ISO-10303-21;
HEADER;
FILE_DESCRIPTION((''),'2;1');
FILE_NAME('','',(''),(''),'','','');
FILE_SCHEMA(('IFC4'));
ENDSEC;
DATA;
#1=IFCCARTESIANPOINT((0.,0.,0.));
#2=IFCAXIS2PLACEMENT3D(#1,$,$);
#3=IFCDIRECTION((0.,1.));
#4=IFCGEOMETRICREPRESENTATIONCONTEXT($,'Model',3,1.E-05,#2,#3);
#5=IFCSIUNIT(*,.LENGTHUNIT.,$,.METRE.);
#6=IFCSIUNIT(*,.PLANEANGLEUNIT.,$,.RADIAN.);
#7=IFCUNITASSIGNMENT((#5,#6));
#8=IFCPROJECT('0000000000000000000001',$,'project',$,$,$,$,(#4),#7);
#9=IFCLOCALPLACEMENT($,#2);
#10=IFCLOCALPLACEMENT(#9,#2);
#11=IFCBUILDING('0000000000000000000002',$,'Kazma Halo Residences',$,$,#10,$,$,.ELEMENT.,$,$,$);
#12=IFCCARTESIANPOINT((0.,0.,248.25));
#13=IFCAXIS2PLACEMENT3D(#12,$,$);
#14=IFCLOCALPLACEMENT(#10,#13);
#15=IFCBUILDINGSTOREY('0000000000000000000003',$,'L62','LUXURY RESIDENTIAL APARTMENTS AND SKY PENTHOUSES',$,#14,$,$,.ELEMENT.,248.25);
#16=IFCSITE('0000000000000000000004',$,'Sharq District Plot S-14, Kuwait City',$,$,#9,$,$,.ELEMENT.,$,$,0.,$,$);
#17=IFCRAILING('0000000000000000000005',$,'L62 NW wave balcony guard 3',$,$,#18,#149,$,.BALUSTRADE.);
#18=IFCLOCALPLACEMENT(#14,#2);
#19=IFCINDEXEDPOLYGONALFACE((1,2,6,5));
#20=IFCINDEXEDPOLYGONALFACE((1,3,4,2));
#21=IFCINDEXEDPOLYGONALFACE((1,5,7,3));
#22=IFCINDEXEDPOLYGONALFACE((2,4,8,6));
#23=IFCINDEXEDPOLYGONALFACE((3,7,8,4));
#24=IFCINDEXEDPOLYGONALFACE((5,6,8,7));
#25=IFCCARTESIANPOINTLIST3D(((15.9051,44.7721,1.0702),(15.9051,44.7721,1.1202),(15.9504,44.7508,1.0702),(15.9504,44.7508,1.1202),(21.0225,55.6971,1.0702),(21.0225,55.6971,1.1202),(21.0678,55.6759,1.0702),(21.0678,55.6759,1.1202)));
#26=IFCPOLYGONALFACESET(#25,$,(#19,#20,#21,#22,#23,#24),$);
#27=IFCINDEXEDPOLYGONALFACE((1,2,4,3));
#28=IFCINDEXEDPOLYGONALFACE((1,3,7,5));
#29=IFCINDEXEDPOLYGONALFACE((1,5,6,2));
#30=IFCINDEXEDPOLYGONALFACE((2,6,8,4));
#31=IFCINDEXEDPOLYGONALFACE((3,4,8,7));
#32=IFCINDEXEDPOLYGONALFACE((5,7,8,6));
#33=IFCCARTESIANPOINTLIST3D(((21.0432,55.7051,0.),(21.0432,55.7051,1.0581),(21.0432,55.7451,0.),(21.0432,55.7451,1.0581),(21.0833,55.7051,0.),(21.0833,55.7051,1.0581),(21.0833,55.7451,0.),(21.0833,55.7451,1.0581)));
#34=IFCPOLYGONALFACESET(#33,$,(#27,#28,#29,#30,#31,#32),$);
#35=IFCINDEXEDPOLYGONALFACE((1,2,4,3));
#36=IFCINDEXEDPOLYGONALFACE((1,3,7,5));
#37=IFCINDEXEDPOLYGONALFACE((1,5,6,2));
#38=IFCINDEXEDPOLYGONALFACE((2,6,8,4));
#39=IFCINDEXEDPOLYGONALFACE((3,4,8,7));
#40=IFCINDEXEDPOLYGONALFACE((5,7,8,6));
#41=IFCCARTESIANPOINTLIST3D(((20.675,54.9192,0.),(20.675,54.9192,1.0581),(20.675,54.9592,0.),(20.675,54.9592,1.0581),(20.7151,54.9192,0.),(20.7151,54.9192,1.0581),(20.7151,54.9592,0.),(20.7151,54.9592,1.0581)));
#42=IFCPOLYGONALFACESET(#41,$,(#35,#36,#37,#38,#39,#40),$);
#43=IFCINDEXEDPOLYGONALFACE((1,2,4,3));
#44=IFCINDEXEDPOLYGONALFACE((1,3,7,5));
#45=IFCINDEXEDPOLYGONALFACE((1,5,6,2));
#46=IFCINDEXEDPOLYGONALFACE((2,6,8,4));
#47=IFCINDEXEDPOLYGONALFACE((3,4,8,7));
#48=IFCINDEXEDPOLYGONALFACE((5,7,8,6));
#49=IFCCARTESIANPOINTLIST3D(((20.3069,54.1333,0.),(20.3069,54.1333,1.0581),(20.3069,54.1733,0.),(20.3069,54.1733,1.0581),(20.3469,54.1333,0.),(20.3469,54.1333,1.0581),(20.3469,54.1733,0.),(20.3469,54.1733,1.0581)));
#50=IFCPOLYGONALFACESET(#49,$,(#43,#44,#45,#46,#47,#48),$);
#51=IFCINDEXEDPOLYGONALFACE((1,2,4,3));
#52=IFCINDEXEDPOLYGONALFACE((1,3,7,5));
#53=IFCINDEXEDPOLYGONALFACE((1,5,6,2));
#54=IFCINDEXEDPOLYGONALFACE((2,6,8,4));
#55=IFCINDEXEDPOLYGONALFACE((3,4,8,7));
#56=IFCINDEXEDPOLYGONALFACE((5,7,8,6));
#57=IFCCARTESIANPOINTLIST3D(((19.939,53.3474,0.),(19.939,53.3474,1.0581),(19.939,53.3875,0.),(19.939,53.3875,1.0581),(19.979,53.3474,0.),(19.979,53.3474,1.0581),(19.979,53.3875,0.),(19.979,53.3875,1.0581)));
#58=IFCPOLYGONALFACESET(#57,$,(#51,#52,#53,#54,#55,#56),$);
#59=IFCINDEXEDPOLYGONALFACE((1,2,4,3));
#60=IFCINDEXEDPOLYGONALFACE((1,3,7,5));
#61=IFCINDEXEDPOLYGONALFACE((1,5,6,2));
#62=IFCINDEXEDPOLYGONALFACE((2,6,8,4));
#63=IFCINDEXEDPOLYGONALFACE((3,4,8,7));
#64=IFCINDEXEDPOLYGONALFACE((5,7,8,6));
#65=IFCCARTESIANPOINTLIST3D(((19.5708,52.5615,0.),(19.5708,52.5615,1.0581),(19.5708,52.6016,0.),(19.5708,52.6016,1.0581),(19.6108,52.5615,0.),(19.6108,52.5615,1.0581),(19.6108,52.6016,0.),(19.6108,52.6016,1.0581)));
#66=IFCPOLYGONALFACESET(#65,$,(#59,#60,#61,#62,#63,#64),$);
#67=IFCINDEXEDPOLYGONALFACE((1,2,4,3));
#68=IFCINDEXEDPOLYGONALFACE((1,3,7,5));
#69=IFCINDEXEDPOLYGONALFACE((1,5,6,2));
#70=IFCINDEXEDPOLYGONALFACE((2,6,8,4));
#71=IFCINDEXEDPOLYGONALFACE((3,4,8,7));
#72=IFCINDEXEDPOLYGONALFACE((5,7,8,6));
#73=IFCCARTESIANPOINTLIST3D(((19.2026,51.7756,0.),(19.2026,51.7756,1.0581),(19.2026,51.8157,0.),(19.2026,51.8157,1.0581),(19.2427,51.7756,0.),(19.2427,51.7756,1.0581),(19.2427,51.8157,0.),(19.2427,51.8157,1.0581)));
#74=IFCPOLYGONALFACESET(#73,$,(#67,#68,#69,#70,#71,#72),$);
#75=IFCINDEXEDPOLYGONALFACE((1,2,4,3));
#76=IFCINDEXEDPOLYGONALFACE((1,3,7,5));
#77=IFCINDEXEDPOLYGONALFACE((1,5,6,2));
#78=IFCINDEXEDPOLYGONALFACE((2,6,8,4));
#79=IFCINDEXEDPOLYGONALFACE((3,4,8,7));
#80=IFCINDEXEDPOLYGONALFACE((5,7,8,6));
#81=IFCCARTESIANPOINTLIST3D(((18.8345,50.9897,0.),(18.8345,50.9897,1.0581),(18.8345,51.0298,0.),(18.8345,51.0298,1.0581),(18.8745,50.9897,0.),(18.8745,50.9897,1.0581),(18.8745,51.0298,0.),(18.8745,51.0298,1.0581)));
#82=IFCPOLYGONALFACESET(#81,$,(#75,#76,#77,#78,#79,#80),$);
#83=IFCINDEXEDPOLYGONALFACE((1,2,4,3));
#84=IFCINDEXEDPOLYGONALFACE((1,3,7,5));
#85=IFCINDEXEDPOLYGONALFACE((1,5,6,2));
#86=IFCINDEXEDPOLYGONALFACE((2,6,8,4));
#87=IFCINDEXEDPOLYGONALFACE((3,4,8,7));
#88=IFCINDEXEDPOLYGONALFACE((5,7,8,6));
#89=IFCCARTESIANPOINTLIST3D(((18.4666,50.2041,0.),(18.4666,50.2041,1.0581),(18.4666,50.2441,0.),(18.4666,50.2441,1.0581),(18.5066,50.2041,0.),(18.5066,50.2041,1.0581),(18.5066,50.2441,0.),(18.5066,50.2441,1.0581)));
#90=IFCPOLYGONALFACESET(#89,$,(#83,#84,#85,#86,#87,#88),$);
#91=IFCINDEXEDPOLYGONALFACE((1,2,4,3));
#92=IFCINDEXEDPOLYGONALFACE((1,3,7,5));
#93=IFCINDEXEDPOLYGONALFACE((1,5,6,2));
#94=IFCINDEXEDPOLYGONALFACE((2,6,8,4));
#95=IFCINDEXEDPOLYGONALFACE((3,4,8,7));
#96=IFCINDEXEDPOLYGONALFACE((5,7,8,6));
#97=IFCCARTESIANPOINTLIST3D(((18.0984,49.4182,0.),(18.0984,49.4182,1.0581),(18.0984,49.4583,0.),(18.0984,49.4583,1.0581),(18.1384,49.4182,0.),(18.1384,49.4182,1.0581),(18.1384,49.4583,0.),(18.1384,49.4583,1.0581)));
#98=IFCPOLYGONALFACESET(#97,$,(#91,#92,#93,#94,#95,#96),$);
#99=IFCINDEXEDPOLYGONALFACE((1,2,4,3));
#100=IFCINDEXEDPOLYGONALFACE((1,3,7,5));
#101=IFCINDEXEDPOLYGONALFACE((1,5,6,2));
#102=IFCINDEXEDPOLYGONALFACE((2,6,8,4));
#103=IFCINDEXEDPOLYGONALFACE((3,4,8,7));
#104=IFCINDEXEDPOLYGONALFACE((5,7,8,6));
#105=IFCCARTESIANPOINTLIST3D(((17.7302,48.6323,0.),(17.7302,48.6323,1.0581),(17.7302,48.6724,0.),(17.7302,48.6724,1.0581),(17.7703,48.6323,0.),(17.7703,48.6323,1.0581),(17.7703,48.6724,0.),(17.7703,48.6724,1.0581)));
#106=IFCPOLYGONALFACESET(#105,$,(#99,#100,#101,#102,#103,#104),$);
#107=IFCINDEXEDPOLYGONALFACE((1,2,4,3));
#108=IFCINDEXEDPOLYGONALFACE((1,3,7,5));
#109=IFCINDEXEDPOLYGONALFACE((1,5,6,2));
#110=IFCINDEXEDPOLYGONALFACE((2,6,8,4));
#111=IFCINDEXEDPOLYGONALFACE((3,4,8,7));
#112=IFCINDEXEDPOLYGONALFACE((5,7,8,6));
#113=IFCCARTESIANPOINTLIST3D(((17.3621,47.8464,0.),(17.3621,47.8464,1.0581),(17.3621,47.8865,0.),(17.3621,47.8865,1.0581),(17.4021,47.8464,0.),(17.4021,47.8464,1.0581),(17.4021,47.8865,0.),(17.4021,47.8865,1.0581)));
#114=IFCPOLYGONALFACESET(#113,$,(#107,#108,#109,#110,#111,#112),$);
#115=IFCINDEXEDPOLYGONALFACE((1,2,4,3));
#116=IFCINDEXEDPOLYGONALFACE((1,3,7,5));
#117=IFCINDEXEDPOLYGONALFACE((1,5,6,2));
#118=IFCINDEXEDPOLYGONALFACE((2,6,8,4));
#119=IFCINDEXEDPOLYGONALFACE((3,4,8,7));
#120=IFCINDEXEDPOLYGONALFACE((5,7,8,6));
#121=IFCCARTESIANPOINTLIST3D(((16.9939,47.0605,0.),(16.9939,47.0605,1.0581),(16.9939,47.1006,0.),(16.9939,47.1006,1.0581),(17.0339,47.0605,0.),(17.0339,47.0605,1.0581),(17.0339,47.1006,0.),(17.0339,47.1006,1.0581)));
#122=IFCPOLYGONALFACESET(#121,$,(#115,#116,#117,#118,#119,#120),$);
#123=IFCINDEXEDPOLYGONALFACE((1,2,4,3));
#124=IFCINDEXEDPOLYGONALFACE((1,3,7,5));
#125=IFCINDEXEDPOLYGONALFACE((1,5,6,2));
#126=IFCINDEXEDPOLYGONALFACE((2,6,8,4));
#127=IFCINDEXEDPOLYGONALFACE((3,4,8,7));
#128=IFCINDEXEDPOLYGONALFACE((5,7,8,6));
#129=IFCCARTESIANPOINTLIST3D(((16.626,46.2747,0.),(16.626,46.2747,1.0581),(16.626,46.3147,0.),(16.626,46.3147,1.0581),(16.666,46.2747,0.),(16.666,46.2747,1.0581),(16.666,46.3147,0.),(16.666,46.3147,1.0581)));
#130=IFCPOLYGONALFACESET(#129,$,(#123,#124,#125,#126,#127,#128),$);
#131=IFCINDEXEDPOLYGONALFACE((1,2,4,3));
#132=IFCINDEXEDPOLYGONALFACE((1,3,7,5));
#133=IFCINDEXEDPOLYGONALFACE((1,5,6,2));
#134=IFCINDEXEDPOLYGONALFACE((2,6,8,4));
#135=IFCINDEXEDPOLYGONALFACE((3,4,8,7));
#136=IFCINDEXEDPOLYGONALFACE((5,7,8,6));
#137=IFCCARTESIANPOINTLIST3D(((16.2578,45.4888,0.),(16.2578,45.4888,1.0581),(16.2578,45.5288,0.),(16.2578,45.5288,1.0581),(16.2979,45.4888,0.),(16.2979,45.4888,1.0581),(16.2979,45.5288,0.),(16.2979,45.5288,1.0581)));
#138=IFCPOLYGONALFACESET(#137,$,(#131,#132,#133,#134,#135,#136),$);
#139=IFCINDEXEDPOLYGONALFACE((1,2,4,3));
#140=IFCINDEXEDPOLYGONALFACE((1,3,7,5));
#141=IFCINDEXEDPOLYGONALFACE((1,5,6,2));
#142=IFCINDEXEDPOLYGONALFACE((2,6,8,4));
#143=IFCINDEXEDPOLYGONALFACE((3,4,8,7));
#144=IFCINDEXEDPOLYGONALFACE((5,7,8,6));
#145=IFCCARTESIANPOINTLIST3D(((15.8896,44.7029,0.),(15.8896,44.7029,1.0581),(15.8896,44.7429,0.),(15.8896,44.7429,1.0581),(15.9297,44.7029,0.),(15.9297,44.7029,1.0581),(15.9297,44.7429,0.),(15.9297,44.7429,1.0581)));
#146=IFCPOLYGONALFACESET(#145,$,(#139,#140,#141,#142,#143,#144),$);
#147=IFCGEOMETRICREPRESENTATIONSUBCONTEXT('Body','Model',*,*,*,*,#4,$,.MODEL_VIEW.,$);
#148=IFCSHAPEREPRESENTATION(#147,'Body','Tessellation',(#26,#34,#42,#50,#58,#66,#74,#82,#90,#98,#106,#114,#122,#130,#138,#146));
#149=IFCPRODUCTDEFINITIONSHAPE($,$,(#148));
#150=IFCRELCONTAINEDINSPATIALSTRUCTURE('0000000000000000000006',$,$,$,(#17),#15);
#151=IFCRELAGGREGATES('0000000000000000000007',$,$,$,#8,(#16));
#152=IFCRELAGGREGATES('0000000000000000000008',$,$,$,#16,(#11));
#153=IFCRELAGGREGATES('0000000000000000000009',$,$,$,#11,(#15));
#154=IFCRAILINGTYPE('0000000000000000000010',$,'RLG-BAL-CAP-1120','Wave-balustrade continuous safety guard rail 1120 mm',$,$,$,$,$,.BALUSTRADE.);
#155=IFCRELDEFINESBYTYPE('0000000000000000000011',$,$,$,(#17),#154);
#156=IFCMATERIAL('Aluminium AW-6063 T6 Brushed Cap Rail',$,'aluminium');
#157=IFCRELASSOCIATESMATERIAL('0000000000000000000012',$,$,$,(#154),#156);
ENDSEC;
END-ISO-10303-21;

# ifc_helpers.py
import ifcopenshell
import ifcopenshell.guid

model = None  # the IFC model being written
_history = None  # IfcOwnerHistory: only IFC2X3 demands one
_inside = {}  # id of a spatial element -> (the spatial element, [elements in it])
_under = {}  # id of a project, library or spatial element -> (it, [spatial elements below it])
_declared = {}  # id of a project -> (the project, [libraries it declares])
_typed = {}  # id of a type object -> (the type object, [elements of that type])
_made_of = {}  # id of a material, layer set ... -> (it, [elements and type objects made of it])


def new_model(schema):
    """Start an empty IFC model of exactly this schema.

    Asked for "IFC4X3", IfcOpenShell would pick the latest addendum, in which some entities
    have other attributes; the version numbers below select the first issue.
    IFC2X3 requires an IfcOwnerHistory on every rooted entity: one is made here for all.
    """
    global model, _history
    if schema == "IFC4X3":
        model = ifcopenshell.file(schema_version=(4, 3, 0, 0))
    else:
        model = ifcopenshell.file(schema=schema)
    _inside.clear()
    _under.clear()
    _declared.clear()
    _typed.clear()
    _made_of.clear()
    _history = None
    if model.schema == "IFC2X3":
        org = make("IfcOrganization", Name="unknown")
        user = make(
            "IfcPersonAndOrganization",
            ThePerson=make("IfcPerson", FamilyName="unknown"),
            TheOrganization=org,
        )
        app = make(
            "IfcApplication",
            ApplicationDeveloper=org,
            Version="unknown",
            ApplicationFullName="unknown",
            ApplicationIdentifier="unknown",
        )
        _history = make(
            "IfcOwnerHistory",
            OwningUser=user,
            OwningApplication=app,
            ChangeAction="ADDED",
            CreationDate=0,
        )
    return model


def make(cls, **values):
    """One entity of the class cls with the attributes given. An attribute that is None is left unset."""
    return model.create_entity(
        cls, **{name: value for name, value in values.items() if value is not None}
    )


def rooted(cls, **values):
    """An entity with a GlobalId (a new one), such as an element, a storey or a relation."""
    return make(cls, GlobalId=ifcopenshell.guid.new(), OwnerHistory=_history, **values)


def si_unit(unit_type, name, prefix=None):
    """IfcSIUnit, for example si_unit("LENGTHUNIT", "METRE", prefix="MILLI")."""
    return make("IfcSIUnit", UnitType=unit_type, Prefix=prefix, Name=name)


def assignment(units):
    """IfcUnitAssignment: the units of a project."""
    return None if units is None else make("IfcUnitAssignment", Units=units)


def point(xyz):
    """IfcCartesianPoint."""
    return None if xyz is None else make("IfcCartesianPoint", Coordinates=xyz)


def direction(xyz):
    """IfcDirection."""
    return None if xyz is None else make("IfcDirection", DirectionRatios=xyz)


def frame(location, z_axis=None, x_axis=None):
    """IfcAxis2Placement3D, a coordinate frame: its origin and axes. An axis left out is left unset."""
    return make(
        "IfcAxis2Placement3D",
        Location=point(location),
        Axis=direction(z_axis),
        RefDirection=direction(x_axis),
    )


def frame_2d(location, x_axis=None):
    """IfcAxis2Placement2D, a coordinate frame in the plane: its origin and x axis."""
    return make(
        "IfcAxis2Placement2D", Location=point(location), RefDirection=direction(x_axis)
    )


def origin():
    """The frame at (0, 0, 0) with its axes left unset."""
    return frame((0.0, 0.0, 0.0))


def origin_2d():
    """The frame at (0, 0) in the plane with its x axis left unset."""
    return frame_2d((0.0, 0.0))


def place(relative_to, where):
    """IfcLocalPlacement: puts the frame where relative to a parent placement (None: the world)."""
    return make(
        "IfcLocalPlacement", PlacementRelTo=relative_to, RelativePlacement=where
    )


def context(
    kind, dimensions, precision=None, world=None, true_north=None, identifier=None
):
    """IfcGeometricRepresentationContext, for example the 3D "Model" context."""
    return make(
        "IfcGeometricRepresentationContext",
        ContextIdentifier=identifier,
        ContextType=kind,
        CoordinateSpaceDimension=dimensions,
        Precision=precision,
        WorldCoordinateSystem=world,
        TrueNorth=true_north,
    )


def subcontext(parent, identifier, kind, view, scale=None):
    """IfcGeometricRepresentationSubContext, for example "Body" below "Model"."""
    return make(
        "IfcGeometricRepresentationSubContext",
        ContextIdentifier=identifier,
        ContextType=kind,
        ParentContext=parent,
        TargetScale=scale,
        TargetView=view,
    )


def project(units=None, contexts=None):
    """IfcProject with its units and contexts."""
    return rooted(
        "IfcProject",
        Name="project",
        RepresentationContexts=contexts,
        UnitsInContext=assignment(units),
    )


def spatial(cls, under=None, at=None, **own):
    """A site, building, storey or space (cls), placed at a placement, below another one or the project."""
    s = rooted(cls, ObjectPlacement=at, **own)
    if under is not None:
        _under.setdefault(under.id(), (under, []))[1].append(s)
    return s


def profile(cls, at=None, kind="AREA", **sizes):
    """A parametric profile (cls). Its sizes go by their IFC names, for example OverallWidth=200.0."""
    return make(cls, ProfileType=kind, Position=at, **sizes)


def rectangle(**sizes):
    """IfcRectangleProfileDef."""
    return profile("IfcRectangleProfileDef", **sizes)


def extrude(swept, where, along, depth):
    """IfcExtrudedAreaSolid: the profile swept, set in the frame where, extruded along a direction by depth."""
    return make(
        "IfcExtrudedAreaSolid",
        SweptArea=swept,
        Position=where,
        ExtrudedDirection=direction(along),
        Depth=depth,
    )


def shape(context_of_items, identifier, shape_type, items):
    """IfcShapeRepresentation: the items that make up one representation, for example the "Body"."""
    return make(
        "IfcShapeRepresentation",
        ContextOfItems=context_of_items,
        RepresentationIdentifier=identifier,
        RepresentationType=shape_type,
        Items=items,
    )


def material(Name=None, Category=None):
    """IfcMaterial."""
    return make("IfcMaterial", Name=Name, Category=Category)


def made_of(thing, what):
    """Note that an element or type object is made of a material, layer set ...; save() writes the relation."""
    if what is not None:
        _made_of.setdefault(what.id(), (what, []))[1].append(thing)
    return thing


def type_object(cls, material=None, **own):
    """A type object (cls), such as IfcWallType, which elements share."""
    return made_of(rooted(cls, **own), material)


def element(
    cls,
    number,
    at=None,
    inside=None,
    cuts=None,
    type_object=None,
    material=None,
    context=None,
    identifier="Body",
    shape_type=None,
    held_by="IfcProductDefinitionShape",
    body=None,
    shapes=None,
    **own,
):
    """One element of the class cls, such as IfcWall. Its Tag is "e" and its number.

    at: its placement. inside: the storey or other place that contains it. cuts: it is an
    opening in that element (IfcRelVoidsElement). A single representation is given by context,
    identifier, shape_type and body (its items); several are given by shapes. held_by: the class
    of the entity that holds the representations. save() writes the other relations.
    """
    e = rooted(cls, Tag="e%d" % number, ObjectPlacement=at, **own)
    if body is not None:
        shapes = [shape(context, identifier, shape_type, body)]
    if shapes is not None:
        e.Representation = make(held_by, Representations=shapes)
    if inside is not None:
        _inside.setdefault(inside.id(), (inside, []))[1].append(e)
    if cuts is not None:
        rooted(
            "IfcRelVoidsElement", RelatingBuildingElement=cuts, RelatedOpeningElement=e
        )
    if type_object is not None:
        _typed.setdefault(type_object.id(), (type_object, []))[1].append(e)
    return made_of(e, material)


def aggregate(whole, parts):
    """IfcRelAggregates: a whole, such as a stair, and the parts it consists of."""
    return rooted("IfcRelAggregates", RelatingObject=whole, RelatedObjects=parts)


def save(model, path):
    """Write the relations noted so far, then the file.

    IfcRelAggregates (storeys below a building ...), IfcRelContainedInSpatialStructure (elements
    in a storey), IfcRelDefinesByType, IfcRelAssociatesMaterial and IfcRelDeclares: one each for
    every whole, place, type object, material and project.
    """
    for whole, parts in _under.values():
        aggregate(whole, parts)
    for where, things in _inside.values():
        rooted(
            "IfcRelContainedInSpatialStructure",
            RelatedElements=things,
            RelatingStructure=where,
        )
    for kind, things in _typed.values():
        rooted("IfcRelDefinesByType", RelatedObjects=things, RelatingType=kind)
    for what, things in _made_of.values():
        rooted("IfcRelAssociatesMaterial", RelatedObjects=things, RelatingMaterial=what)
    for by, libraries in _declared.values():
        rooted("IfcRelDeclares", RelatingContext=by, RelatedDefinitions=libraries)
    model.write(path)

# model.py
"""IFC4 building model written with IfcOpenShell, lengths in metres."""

from ifc_helpers import new_model, si_unit, direction, frame, origin, origin_2d, place, context, subcontext, project, spatial, rectangle, extrude, material, type_object, element, save


model = new_model("IFC4")

# Units and contexts
model_context = context("Model", 3, precision=1e-05, world=origin(), true_north=direction((0.0, 1.0)))
body_context = subcontext(model_context, "Body", "Model", "MODEL_VIEW")
ifc_project = project(units=[si_unit("LENGTHUNIT", "METRE"), si_unit("PLANEANGLEUNIT", "RADIAN")], contexts=[model_context])

# Site, building, storey
site_placement = place(None, origin())
site = spatial("IfcSite", under=ifc_project, at=site_placement, Name="Sharq District Plot S-14, Kuwait City", CompositionType="ELEMENT", RefElevation=0.0)
building_placement = place(site_placement, origin())
building = spatial("IfcBuilding", under=site, at=building_placement, Name="Kazma Halo Residences", CompositionType="ELEMENT")
storey_placement = place(building_placement, frame((0.0, 0.0, 248.25)))
storey = spatial("IfcBuildingStorey", under=building, at=storey_placement, Name="L62", Description="LUXURY RESIDENTIAL APARTMENTS AND SKY PENTHOUSES", CompositionType="ELEMENT", Elevation=248.25)

# Railing
ifc_material_1 = material(Name="Aluminium AW-6063 T6 Brushed Cap Rail", Category="aluminium")
railing_type = type_object("IfcRailingType", Name="RLG-BAL-CAP-1120", Description="Wave-balustrade continuous safety guard rail 1120 mm", PredefinedType="BALUSTRADE", material=ifc_material_1)
railing_1_placement = place(storey_placement, frame((21.0632, 55.7251, 0.0)))
element("IfcRailing", 1, at=railing_1_placement, inside=storey, type_object=railing_type, Name="L62 NW wave balcony guard 3", PredefinedType="BALUSTRADE", context=body_context, shape_type="SweptSolid", body=[
    extrude(rectangle(XDim=0.05, YDim=0.05, at=origin_2d()), frame((-0.0181, -0.0386, 1.0952), z_axis=(-0.424183, -0.905576, 0.0), x_axis=(0.905576, -0.424183, 0.0)), (0.0, 0.0, 1.0), 12.0642),
    extrude(rectangle(XDim=0.04, YDim=0.04, at=origin_2d()), origin(), (0.0, 0.0, 1.0), 1.0581),
    extrude(rectangle(XDim=0.04, YDim=0.04, at=origin_2d()), frame((-0.3682, -0.7859, 0.0)), (0.0, 0.0, 1.0), 1.0581),
    extrude(rectangle(XDim=0.04, YDim=0.04, at=origin_2d()), frame((-0.7363, -1.5718, 0.0)), (0.0, 0.0, 1.0), 1.0581),
    extrude(rectangle(XDim=0.04, YDim=0.04, at=origin_2d()), frame((-1.1042, -2.3577, 0.0)), (0.0, 0.0, 1.0), 1.0581),
    extrude(rectangle(XDim=0.04, YDim=0.04, at=origin_2d()), frame((-1.4724, -3.1436, 0.0)), (0.0, 0.0, 1.0), 1.0581),
    extrude(rectangle(XDim=0.04, YDim=0.04, at=origin_2d()), frame((-1.8406, -3.9294, 0.0)), (0.0, 0.0, 1.0), 1.0581),
    extrude(rectangle(XDim=0.04, YDim=0.04, at=origin_2d()), frame((-2.2087, -4.7153, 0.0)), (0.0, 0.0, 1.0), 1.0581),
    extrude(rectangle(XDim=0.04, YDim=0.04, at=origin_2d()), frame((-2.5767, -5.501, 0.0)), (0.0, 0.0, 1.0), 1.0581),
    extrude(rectangle(XDim=0.04, YDim=0.04, at=origin_2d()), frame((-2.9448, -6.2869, 0.0)), (0.0, 0.0, 1.0), 1.0581),
    extrude(rectangle(XDim=0.04, YDim=0.04, at=origin_2d()), frame((-3.313, -7.0728, 0.0)), (0.0, 0.0, 1.0), 1.0581),
    extrude(rectangle(XDim=0.04, YDim=0.04, at=origin_2d()), frame((-3.6812, -7.8586, 0.0)), (0.0, 0.0, 1.0), 1.0581),
    extrude(rectangle(XDim=0.04, YDim=0.04, at=origin_2d()), frame((-4.0493, -8.6445, 0.0)), (0.0, 0.0, 1.0), 1.0581),
    extrude(rectangle(XDim=0.04, YDim=0.04, at=origin_2d()), frame((-4.4172, -9.4304, 0.0)), (0.0, 0.0, 1.0), 1.0581),
    extrude(rectangle(XDim=0.04, YDim=0.04, at=origin_2d()), frame((-4.7854, -10.2163, 0.0)), (0.0, 0.0, 1.0), 1.0581),
    extrude(rectangle(XDim=0.04, YDim=0.04, at=origin_2d()), frame((-5.1536, -11.0022, 0.0)), (0.0, 0.0, 1.0), 1.0581),
])

save(model, "model.ifc")
